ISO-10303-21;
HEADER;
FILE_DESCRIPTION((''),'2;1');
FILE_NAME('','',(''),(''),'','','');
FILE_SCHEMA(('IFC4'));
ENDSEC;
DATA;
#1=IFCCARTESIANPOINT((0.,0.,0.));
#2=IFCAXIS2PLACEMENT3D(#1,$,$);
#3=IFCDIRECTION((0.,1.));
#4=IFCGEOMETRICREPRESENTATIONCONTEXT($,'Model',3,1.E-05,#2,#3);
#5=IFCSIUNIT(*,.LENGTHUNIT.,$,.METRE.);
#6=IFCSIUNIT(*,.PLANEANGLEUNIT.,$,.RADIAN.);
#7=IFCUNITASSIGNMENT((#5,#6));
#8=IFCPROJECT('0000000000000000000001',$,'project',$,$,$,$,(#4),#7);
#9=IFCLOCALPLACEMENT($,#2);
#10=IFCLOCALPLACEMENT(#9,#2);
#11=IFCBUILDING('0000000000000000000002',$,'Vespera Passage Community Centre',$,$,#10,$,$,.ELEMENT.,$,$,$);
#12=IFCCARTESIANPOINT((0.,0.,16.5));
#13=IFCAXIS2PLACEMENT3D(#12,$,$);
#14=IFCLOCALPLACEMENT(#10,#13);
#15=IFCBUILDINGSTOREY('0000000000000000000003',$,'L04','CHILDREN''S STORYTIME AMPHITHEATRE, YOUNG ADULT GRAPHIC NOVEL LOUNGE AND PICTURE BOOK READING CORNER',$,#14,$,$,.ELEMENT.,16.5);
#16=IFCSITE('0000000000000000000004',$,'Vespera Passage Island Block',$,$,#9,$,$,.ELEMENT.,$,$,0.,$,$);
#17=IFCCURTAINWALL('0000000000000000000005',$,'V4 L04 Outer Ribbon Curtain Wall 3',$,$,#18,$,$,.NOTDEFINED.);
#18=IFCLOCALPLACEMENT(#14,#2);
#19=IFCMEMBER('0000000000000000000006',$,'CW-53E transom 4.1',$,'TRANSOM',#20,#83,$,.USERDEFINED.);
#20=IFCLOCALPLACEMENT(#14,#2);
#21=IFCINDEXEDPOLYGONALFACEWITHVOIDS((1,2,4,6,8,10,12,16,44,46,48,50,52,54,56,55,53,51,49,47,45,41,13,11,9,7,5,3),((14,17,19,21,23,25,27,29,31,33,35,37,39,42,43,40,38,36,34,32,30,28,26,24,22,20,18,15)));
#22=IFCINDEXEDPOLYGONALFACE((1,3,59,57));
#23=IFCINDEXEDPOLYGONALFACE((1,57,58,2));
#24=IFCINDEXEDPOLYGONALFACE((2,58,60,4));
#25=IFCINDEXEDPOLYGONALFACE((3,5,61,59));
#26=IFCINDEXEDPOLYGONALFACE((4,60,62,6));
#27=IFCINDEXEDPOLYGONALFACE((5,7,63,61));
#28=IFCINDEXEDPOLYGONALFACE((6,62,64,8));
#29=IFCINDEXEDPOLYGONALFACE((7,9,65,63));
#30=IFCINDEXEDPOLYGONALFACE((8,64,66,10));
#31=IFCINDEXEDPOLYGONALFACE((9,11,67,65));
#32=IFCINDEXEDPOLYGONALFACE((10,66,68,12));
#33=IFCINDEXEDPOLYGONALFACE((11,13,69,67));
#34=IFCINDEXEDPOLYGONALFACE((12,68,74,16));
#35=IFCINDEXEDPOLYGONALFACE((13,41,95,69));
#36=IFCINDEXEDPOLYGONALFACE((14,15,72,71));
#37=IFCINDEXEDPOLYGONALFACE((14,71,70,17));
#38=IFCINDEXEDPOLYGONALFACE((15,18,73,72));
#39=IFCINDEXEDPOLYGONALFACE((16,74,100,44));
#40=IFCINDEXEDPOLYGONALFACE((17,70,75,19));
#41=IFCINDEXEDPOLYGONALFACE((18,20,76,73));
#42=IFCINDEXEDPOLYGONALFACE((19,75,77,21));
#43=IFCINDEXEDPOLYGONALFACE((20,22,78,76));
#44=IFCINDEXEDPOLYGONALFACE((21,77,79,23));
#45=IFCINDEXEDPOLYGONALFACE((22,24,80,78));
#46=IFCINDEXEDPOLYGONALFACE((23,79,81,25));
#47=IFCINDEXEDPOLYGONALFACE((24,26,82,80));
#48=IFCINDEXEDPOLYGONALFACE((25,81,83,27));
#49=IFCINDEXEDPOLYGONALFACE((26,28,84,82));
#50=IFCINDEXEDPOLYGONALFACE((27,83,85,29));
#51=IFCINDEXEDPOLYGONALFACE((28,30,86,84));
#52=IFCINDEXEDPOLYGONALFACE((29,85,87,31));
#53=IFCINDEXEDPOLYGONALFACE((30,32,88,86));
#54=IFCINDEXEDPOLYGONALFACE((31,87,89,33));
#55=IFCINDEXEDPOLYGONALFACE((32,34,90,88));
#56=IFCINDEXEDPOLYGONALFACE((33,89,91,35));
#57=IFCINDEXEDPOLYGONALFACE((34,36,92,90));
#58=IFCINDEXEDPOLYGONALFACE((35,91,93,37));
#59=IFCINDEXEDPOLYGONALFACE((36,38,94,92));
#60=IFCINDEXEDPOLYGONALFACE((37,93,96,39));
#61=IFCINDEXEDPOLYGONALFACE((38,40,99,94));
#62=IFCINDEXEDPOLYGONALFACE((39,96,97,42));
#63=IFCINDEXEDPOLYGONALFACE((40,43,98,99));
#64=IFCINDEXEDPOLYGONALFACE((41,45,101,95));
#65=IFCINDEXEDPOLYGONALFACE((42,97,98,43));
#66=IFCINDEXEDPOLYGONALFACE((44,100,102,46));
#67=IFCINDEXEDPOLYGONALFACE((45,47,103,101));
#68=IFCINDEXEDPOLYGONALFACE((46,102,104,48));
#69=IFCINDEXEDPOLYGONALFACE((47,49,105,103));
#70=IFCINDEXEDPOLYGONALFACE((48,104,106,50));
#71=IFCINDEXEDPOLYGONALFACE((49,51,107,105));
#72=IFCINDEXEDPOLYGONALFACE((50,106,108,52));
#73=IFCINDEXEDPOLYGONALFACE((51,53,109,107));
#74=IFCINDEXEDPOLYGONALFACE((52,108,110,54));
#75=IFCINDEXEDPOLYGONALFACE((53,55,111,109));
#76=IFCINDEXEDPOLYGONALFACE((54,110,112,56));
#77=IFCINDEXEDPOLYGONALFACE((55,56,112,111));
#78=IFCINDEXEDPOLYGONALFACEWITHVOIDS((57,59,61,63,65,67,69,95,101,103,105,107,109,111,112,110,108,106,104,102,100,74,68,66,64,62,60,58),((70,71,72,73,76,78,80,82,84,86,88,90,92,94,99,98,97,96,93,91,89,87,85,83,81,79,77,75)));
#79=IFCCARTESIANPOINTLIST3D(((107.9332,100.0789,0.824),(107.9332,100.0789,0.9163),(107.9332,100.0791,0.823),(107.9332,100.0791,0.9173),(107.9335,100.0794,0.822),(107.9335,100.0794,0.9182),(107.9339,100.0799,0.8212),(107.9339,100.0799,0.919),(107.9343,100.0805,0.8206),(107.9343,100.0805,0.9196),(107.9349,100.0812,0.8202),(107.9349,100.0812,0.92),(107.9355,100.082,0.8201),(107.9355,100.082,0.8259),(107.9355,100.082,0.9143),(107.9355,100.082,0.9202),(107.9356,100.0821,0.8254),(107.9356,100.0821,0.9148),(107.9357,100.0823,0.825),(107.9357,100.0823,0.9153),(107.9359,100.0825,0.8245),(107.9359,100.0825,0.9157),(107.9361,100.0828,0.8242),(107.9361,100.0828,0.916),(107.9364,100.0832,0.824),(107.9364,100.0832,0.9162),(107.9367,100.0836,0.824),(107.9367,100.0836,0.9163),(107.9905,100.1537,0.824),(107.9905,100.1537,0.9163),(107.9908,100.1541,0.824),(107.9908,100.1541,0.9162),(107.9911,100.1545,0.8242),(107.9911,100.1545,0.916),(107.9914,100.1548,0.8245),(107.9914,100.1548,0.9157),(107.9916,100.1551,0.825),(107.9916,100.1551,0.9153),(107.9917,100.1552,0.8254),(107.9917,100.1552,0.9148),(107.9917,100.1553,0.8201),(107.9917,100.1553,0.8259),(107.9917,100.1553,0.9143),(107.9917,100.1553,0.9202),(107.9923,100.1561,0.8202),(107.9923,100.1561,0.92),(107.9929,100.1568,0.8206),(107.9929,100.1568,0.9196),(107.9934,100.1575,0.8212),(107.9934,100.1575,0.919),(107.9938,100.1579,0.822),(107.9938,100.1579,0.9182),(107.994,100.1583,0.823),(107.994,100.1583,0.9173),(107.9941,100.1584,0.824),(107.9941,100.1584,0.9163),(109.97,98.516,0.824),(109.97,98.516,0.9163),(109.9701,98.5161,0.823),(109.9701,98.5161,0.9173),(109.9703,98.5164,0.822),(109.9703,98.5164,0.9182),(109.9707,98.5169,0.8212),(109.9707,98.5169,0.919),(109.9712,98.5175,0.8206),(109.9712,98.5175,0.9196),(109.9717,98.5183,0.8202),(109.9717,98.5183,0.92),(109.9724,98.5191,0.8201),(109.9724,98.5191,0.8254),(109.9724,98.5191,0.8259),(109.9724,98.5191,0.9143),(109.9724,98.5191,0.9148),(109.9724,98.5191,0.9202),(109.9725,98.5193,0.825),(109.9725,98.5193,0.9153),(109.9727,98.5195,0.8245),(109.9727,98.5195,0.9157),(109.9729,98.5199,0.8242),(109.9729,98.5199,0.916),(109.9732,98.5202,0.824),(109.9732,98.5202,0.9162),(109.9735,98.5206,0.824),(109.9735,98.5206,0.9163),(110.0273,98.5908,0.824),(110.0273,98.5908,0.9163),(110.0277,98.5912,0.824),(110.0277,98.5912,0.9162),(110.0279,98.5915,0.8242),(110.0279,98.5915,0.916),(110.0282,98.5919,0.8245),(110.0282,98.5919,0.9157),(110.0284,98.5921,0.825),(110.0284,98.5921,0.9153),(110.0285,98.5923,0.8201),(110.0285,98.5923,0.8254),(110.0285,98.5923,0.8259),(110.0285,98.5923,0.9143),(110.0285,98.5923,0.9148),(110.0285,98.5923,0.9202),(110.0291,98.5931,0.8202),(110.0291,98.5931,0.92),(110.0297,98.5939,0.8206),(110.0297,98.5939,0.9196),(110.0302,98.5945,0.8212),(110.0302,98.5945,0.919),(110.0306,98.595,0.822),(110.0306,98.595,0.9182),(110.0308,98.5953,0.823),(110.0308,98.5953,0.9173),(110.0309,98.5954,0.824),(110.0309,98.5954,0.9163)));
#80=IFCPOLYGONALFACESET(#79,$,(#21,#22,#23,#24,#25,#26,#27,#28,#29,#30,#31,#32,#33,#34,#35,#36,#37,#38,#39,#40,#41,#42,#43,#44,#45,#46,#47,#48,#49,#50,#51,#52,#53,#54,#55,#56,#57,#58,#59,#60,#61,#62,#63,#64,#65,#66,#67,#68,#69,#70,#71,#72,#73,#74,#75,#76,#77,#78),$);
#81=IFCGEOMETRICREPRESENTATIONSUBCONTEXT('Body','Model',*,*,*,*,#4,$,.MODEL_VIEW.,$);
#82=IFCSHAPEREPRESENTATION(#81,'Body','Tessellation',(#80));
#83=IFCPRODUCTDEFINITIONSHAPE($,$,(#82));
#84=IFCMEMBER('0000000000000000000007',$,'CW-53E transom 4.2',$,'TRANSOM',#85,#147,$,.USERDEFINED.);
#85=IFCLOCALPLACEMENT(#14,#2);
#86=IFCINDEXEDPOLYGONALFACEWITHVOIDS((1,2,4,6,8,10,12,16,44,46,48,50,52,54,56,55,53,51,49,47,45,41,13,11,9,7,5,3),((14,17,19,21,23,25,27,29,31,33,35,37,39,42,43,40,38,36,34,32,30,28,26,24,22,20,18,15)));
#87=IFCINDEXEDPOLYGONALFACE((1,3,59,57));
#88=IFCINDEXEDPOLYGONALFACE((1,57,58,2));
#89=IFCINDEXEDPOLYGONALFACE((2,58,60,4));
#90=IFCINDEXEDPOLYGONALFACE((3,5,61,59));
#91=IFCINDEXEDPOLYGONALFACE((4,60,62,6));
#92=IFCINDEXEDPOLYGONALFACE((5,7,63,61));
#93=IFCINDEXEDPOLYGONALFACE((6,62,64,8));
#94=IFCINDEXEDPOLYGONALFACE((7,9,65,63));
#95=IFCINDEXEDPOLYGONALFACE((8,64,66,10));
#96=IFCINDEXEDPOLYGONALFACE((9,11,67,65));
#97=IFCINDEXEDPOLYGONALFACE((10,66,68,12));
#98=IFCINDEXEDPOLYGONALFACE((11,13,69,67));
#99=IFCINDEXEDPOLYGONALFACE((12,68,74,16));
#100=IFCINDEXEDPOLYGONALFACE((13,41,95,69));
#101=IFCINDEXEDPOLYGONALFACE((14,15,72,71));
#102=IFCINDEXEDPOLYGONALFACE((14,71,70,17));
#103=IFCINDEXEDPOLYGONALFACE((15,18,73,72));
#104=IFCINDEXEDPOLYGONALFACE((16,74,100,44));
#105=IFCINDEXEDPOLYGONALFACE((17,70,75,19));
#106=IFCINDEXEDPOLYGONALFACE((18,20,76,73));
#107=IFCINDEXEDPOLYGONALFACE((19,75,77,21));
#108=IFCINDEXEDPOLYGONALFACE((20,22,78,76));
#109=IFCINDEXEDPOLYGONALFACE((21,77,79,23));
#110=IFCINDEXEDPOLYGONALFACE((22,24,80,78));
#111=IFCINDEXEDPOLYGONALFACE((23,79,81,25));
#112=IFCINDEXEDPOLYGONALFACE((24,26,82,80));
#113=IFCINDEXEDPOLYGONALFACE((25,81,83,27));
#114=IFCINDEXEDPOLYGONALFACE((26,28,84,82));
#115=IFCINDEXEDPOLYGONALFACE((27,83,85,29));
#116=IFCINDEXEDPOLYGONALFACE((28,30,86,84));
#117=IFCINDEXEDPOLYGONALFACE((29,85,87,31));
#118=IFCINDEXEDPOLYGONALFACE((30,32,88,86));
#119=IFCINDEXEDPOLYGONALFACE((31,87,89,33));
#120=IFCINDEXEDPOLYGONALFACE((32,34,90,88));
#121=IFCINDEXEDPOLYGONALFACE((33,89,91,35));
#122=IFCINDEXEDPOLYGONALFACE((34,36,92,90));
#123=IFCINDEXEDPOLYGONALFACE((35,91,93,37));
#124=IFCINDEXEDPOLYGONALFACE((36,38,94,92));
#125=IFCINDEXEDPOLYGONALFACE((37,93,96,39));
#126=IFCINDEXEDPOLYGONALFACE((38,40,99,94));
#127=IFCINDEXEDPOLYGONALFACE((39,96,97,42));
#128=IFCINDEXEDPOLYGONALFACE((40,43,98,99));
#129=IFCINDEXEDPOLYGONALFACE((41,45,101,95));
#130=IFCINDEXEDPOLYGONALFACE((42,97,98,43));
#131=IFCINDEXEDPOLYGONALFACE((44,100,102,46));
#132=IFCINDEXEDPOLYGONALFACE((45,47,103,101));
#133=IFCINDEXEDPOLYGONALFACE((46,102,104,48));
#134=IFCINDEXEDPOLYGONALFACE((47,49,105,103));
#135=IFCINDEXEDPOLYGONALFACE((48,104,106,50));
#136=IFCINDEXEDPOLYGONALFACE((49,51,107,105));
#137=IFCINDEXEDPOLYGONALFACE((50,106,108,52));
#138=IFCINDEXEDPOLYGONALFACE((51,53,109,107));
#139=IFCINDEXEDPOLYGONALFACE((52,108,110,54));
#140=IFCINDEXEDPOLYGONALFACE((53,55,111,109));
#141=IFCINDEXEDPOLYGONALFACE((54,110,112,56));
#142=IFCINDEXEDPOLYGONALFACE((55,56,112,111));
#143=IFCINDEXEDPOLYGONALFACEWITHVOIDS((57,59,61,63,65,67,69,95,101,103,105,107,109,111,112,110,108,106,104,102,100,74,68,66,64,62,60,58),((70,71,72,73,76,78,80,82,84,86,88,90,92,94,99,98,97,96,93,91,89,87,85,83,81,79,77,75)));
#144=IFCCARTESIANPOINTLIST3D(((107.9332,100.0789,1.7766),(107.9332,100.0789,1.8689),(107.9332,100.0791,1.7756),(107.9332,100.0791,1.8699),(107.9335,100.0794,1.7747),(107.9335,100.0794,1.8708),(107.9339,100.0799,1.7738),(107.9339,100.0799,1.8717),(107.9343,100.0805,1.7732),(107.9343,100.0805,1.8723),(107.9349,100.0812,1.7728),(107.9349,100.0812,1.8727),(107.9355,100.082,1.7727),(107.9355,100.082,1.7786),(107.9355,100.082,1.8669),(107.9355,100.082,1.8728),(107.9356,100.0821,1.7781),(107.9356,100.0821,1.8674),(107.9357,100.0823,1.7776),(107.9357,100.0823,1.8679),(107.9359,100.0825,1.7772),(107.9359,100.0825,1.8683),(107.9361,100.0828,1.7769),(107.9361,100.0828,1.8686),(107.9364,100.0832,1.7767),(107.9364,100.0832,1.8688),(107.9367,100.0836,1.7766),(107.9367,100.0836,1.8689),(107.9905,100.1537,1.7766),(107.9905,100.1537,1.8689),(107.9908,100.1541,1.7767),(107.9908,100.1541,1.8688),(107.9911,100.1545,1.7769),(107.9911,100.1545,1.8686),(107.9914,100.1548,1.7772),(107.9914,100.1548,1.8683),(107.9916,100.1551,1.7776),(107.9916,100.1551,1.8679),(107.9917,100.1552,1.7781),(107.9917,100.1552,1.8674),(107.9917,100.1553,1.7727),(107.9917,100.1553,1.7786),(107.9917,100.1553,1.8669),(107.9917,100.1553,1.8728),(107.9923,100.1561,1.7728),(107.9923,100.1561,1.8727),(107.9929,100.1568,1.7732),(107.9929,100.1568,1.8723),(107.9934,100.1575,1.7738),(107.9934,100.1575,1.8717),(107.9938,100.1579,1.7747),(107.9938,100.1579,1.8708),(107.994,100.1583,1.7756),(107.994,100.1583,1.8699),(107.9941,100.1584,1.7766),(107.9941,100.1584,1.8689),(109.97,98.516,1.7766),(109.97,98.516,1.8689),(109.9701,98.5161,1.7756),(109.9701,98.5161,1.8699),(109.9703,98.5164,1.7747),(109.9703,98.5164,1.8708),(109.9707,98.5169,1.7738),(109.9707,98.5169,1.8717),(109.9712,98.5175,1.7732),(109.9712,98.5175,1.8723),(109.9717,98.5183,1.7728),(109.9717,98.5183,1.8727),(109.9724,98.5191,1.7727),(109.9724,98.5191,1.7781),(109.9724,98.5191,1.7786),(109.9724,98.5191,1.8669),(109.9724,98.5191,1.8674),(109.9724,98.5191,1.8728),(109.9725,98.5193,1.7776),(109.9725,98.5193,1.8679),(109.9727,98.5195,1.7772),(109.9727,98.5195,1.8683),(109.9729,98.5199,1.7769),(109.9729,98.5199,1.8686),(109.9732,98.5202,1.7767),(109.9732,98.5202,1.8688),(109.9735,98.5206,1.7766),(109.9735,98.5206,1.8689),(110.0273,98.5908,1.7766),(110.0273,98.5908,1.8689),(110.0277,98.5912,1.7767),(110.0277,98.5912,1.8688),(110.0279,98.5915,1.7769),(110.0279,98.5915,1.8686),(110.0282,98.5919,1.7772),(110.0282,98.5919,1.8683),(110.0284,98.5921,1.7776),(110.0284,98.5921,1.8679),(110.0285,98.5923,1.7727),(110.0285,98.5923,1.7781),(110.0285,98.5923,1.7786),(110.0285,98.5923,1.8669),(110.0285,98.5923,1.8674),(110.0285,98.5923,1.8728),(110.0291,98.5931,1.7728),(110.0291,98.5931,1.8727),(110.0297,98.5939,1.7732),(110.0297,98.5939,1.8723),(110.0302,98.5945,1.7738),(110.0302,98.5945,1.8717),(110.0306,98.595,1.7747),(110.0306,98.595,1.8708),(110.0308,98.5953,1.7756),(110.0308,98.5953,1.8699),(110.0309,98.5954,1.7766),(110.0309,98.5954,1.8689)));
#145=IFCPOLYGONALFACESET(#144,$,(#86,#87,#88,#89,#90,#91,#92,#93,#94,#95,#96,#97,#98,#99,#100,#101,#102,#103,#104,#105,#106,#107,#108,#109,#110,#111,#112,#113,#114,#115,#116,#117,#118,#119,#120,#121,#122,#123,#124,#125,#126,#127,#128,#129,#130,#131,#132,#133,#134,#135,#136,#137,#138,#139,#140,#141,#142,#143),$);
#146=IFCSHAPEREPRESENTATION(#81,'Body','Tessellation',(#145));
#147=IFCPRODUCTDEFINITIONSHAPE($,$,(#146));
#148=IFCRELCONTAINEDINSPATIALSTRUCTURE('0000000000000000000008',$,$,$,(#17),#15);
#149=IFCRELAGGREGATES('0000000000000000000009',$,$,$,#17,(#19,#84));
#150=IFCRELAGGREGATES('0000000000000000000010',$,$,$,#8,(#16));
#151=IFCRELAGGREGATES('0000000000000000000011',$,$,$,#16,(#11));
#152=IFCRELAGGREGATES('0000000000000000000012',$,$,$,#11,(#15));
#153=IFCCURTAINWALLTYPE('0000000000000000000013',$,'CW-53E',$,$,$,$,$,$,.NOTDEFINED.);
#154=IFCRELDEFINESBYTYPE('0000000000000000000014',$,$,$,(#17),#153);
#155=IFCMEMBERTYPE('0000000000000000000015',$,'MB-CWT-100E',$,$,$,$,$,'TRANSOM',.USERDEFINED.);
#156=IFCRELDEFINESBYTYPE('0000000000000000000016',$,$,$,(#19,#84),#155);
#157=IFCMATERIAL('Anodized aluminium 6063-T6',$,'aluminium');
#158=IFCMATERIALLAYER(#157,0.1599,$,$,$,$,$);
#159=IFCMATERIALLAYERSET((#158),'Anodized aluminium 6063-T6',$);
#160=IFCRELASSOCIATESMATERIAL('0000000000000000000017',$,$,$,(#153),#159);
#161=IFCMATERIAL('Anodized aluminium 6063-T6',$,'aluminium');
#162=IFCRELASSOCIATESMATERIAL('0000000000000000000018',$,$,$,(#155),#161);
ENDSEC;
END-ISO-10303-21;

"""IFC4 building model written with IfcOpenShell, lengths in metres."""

from ifc_helpers import new_model, si_unit, direction, frame, origin, origin_2d, place, context, subcontext, project, spatial, hollow_rectangle, extrude, material, layer, layer_set, material_profile, profile_set, type_object, element, aggregate, save


model = new_model("IFC4")

# Units and contexts
model_context = context("Model", 3, precision=1e-05, world=origin(), true_north=direction((0.0, 1.0)))
body_context = subcontext(model_context, "Body", "Model", "MODEL_VIEW")
ifc_project = project(units=[si_unit("LENGTHUNIT", "METRE"), si_unit("PLANEANGLEUNIT", "RADIAN")], contexts=[model_context])

# Site, building, storey
site_placement = place(None, origin())
site = spatial("IfcSite", under=ifc_project, at=site_placement, Name="Vespera Passage Island Block", CompositionType="ELEMENT", RefElevation=0.0)
building_placement = place(site_placement, origin())
building = spatial("IfcBuilding", under=site, at=building_placement, Name="Vespera Passage Community Centre", CompositionType="ELEMENT")
storey_placement = place(building_placement, frame((0.0, 0.0, 16.5)))
storey = spatial("IfcBuildingStorey", under=building, at=storey_placement, Name="L04", Description="CHILDREN'S STORYTIME AMPHITHEATRE, YOUNG ADULT GRAPHIC NOVEL LOUNGE AND PICTURE BOOK READING CORNER", CompositionType="ELEMENT", Elevation=16.5)

# Curtain wall, members
ifc_material_1 = material(Name="Anodized aluminium 6063-T6", Category="aluminium")
ifc_layer_1 = layer(ifc_material_1, 0.1599)
ifc_layer_set_1 = layer_set([ifc_layer_1], Name="Anodized aluminium 6063-T6")
curtain_wall_type = type_object("IfcCurtainWallType", Name="CW-53E", PredefinedType="NOTDEFINED", material=ifc_layer_set_1)
curtain_wall_placement = place(storey_placement, origin())
curtain_wall = element("IfcCurtainWall", 1, at=curtain_wall_placement, inside=storey, type_object=curtain_wall_type, Name="V4 L04 Outer Ribbon Curtain Wall 3", PredefinedType="NOTDEFINED")
ifc_material_2 = material(Name="Anodized aluminium 6063-T6", Category="aluminium")
ifc_material_profile_1 = material_profile(ifc_material_2, hollow_rectangle(XDim=0.1001, YDim=0.1001, WallThickness=0.0039, InnerFilletRadius=0.002, OuterFilletRadius=0.0039, at=origin_2d()), Name="ALU100X100X4")
ifc_profile_set_1 = profile_set([ifc_material_profile_1], Name="Anodized aluminium 6063-T6")
member_type_1 = type_object("IfcMemberType", Name="MB-CWT-100E", ElementType="TRANSOM", PredefinedType="USERDEFINED", material=ifc_profile_set_1)
member_1_placement = place(storey_placement, frame((107.9636, 100.1187, 0.8701), z_axis=(0.793345, -0.608773, 0.0), x_axis=(0.608773, 0.793345, 0.0)))
member_1 = element("IfcMember", 2, at=member_1_placement, type_object=member_type_1, Name="CW-53E transom 4.1", ObjectType="TRANSOM", PredefinedType="USERDEFINED", context=body_context, shape_type="SweptSolid", body=[
    extrude(hollow_rectangle(XDim=0.1001, YDim=0.1001, WallThickness=0.0039, InnerFilletRadius=0.002, OuterFilletRadius=0.0039, at=origin_2d()), origin(), (0.0, 0.0, 1.0), 2.5674),
])
member_2_placement = place(storey_placement, frame((107.9636, 100.1187, 1.8228), z_axis=(0.793345, -0.608773, 0.0), x_axis=(0.608773, 0.793345, 0.0)))
member_2 = element("IfcMember", 3, at=member_2_placement, type_object=member_type_1, Name="CW-53E transom 4.2", ObjectType="TRANSOM", PredefinedType="USERDEFINED", context=body_context, shape_type="SweptSolid", body=[
    extrude(hollow_rectangle(XDim=0.1001, YDim=0.1001, WallThickness=0.0039, InnerFilletRadius=0.002, OuterFilletRadius=0.0039, at=origin_2d()), origin(), (0.0, 0.0, 1.0), 2.5674),
])
aggregate(curtain_wall, [member_1, member_2])

save(model, "model.ifc")
